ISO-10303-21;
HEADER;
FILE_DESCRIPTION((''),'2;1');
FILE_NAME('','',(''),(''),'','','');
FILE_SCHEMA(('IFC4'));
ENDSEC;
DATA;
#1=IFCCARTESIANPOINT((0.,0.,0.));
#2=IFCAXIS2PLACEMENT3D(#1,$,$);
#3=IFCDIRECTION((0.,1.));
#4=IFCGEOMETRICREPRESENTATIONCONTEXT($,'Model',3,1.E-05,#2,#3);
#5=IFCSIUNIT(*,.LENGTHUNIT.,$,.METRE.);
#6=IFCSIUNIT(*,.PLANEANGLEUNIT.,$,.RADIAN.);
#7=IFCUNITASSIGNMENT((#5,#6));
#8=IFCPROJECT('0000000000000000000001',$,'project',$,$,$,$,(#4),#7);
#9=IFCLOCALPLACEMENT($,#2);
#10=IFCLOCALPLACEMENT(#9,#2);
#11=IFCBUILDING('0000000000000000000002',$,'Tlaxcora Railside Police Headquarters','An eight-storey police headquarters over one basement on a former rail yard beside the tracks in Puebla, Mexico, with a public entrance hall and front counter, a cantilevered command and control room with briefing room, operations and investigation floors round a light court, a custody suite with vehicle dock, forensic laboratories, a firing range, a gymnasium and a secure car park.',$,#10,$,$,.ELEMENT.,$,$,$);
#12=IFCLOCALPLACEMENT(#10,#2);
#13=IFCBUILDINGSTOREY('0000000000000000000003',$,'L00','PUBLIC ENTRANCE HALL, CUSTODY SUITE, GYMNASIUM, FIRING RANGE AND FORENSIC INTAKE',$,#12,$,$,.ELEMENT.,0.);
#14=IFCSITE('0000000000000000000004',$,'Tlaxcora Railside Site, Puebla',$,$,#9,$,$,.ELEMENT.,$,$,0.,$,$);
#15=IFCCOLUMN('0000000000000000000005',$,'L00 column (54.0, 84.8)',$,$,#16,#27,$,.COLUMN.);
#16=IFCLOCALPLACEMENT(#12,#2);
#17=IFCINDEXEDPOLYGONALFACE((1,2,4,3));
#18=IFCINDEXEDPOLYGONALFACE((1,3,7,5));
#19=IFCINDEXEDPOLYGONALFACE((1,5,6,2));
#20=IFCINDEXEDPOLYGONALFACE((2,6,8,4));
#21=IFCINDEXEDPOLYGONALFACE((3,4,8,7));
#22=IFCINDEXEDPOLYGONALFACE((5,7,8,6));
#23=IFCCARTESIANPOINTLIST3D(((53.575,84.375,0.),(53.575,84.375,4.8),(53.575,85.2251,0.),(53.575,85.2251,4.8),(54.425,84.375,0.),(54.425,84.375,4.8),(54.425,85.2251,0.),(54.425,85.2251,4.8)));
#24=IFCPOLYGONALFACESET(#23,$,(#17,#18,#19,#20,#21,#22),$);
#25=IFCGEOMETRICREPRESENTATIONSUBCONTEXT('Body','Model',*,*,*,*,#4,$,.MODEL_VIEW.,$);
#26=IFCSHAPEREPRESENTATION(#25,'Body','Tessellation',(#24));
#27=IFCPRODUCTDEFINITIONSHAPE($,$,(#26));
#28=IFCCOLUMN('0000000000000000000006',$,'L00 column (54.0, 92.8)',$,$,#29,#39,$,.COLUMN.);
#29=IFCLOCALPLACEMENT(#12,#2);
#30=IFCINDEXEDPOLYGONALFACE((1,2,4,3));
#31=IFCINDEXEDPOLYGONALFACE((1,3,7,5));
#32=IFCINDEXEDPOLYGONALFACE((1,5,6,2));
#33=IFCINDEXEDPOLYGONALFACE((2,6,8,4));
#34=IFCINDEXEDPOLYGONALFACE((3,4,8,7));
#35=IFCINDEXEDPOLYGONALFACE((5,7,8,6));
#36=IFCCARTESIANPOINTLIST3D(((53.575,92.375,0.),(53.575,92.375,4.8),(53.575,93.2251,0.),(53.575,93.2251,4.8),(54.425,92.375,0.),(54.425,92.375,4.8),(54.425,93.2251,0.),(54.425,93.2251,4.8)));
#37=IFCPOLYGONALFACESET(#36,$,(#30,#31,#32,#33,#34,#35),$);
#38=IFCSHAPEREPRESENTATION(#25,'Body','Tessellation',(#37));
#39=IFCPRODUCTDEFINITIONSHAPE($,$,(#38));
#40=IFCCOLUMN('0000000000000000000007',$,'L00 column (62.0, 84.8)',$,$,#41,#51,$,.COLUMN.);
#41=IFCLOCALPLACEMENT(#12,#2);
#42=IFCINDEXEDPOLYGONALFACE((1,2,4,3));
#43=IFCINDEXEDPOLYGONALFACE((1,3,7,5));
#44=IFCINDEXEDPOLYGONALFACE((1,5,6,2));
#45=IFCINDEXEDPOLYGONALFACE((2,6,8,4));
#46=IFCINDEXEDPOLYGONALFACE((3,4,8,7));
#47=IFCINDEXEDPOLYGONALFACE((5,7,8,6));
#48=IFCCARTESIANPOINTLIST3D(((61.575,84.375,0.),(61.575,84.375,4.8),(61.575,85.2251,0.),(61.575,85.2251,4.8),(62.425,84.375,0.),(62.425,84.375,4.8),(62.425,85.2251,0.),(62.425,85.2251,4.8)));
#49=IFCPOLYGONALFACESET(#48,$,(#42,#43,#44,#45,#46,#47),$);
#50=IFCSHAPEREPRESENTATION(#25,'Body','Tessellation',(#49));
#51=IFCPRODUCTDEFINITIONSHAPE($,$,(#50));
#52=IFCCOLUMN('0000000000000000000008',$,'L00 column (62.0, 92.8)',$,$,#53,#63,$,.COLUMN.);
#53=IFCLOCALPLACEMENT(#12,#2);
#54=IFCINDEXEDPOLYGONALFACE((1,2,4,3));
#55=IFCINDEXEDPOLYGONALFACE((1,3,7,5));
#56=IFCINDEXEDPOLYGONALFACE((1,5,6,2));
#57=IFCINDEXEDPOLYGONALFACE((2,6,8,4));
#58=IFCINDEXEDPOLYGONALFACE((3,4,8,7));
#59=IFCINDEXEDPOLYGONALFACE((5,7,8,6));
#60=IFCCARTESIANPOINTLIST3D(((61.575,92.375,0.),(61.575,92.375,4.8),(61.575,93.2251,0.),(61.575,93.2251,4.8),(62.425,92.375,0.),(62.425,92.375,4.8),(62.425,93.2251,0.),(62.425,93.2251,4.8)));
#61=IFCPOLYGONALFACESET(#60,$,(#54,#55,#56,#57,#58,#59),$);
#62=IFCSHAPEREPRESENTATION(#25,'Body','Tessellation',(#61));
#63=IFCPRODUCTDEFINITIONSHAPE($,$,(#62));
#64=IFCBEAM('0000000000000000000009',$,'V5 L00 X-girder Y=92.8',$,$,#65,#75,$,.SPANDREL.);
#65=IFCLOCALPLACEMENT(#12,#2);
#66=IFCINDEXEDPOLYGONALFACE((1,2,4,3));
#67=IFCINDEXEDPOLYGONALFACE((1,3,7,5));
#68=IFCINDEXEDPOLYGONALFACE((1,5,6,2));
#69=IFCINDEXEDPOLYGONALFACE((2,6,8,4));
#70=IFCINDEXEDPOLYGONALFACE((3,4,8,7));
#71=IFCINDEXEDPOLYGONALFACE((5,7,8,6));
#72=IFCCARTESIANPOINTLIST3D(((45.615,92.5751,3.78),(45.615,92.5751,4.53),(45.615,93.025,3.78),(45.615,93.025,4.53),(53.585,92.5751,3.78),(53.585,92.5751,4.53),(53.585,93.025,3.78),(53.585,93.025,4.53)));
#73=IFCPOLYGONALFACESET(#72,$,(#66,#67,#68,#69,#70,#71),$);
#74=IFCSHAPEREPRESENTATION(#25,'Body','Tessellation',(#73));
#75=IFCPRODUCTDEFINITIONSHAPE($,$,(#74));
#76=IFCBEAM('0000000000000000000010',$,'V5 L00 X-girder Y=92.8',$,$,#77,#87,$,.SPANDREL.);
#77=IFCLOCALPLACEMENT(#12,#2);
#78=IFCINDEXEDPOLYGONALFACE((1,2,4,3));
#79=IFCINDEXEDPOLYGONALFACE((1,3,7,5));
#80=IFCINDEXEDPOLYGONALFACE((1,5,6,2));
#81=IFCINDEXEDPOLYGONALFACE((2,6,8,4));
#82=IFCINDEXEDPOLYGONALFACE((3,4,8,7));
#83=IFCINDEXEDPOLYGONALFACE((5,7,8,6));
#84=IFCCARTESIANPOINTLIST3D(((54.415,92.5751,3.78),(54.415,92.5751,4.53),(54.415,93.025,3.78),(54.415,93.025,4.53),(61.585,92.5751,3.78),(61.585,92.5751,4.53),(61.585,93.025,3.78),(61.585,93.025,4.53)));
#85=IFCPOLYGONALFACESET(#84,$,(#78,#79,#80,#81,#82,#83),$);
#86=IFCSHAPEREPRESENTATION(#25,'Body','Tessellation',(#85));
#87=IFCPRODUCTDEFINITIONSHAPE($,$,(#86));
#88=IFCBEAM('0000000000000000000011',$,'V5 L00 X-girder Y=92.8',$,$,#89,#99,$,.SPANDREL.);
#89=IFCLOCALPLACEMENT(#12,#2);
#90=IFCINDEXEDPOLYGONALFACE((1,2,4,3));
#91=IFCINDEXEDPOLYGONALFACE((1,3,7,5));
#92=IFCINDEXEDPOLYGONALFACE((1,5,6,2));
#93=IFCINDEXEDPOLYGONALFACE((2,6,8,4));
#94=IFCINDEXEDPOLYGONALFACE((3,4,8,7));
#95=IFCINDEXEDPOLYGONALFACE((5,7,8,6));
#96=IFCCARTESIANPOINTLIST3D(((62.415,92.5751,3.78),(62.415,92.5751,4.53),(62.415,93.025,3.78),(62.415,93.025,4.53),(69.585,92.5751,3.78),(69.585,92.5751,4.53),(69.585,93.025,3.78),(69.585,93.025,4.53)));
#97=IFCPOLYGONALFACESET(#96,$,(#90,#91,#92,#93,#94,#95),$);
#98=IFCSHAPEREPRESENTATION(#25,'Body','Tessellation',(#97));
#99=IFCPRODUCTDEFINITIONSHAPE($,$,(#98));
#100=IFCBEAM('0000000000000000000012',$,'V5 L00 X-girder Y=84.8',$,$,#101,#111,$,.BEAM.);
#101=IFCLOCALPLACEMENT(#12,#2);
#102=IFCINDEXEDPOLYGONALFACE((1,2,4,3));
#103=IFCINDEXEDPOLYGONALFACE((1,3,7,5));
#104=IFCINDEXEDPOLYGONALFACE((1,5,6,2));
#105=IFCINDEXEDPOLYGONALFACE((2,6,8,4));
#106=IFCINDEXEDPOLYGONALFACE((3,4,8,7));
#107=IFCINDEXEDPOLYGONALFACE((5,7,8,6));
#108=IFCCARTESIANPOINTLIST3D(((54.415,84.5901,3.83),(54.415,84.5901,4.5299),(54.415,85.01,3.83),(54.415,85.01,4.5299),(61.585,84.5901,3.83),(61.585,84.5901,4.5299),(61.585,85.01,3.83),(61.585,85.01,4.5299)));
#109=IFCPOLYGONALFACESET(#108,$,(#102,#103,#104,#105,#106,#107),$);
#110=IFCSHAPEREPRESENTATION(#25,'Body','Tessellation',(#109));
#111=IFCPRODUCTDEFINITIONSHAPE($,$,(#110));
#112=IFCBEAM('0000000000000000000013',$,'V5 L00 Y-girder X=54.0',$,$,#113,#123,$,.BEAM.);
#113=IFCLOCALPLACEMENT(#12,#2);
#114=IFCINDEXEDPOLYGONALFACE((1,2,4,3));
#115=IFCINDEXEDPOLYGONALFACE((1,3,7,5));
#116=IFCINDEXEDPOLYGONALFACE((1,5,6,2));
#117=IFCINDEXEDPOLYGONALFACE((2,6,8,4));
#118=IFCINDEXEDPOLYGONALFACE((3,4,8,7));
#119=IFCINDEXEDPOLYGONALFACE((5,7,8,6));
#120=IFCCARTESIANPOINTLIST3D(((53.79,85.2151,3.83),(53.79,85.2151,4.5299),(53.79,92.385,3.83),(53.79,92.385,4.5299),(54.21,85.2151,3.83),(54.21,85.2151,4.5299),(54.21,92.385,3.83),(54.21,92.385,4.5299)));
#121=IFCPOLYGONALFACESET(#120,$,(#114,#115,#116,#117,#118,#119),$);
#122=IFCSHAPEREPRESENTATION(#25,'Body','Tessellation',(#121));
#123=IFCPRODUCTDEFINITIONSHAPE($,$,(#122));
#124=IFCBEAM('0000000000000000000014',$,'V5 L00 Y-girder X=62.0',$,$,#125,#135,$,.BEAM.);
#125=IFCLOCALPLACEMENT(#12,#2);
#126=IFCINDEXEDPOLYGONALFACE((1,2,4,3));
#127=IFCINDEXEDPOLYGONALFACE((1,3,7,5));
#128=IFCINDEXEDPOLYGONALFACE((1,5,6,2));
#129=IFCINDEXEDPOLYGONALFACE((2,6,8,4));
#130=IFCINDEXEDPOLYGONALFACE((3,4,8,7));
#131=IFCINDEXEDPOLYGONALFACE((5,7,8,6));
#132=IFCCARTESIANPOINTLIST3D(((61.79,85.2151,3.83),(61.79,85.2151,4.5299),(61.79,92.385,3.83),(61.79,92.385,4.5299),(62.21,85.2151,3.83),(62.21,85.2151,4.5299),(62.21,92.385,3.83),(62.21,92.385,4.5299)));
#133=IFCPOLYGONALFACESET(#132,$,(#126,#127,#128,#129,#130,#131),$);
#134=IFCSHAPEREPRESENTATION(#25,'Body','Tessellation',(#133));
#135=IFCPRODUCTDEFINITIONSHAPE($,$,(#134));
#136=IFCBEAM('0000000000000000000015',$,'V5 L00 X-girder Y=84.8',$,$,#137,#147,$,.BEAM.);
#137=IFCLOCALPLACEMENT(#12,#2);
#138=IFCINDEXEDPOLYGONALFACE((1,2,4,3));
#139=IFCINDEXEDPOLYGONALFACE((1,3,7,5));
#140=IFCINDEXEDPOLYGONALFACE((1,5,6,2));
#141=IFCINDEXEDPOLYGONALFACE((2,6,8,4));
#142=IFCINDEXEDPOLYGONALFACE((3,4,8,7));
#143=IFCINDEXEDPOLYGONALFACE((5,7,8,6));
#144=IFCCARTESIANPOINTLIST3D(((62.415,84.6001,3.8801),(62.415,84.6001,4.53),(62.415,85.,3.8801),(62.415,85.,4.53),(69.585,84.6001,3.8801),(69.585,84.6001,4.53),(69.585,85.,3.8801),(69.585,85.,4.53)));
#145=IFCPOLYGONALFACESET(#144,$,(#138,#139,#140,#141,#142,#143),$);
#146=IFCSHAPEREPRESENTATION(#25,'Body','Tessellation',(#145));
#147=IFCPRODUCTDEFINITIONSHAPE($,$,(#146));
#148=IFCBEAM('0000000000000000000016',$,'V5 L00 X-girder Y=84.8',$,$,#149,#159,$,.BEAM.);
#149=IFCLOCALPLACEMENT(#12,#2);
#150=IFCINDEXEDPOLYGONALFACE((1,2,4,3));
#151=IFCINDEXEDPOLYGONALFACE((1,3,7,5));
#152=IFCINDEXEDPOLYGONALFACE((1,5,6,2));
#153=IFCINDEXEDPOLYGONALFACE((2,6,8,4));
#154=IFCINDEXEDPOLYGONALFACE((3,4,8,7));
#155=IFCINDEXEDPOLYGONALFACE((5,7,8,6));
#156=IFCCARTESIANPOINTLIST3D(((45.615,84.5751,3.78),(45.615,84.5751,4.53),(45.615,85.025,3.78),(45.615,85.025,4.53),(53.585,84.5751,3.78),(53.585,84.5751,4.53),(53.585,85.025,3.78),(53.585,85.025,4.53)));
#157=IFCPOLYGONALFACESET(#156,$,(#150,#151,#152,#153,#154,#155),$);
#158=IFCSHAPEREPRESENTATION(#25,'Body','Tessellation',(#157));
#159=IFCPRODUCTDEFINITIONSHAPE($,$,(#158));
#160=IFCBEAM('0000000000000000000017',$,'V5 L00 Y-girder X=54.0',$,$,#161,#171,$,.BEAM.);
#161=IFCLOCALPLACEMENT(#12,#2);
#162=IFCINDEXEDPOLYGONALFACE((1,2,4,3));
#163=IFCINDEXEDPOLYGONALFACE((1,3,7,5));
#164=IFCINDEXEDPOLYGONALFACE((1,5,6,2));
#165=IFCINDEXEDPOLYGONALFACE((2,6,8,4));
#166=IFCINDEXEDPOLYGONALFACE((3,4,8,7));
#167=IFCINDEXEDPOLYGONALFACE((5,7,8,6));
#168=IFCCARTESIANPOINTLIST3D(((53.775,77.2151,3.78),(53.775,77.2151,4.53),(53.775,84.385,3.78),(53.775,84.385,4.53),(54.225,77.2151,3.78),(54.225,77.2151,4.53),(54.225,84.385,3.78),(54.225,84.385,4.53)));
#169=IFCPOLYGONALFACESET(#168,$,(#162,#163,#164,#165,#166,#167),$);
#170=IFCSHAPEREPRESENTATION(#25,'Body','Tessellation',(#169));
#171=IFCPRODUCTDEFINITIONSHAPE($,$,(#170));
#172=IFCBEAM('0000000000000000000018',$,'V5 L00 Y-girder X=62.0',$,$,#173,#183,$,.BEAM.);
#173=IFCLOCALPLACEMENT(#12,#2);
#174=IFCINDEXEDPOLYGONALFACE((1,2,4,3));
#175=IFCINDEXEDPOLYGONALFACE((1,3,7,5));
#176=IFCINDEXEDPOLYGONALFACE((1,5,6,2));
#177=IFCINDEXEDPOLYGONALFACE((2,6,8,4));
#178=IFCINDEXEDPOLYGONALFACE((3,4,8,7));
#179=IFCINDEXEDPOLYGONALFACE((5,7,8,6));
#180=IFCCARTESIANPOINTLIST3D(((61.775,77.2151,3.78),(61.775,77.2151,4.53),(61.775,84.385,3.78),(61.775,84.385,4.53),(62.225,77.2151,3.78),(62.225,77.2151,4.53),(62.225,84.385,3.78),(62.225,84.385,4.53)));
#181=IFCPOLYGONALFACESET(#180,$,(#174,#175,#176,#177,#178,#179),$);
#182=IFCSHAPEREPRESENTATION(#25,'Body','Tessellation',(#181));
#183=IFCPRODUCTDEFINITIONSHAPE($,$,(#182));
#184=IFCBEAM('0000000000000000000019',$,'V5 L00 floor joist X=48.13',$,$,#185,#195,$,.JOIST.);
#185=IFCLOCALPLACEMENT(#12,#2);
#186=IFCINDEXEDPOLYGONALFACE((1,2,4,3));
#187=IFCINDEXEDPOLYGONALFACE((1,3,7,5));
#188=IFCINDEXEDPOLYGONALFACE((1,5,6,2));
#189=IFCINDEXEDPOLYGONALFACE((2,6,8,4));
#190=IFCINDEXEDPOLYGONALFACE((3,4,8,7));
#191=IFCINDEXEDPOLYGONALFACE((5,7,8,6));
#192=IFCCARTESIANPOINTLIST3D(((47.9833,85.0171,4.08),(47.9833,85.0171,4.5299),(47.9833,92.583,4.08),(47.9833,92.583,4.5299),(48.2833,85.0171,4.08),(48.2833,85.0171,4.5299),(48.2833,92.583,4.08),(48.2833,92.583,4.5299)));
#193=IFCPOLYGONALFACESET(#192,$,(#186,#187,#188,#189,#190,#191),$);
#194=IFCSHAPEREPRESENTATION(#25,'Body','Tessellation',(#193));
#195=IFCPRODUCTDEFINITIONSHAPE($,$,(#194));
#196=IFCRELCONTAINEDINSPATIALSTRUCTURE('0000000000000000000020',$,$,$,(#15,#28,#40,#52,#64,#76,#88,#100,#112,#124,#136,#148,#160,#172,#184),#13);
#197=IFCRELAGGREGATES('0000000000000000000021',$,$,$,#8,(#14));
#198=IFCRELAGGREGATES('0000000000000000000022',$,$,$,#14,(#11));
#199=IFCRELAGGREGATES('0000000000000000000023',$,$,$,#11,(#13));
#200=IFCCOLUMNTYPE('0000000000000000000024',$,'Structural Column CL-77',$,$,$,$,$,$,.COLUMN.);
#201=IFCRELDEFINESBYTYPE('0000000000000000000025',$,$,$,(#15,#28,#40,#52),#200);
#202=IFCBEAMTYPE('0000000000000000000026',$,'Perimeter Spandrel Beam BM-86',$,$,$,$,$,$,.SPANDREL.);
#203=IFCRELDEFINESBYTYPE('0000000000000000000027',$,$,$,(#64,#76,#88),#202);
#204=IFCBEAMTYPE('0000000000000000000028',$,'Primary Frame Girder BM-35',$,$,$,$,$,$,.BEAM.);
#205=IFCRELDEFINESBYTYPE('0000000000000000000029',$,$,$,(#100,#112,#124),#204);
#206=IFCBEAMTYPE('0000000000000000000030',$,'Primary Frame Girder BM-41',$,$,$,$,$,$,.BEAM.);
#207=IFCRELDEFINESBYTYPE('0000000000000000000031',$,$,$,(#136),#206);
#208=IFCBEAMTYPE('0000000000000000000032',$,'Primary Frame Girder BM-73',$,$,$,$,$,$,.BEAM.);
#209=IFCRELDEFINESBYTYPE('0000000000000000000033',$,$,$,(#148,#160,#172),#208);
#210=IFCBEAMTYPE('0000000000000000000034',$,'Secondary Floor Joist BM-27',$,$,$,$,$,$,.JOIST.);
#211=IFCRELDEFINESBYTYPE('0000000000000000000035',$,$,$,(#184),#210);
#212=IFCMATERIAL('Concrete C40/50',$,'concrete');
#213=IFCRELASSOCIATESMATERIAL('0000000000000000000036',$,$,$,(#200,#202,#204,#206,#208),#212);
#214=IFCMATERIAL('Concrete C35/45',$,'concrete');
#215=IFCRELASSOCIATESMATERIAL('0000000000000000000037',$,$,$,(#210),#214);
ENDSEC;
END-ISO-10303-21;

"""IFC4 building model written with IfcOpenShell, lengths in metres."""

from ifc_helpers import new_model, si_unit, direction, frame, origin, origin_2d, place, context, subcontext, project, spatial, rectangle, extrude, material, material_profile, profile_set, type_object, element, save


model = new_model("IFC4")

# Units and contexts
model_context = context("Model", 3, precision=1e-05, world=origin(), true_north=direction((0.0, 1.0)))
body_context = subcontext(model_context, "Body", "Model", "MODEL_VIEW")
ifc_project = project(units=[si_unit("LENGTHUNIT", "METRE"), si_unit("PLANEANGLEUNIT", "RADIAN")], contexts=[model_context])

# Site, building, storey
site_placement = place(None, origin())
site = spatial("IfcSite", under=ifc_project, at=site_placement, Name="Tlaxcora Railside Site, Puebla", CompositionType="ELEMENT", RefElevation=0.0)
building_placement = place(site_placement, origin())
building = spatial("IfcBuilding", under=site, at=building_placement, Name="Tlaxcora Railside Police Headquarters", Description="An eight-storey police headquarters over one basement on a former rail yard beside the tracks in Puebla, Mexico, with a public entrance hall and front counter, a cantilevered command and control room with briefing room, operations and investigation floors round a light court, a custody suite with vehicle dock, forensic laboratories, a firing range, a gymnasium and a secure car park.", CompositionType="ELEMENT")
storey_placement = place(building_placement, origin())
storey = spatial("IfcBuildingStorey", under=building, at=storey_placement, Name="L00", Description="PUBLIC ENTRANCE HALL, CUSTODY SUITE, GYMNASIUM, FIRING RANGE AND FORENSIC INTAKE", CompositionType="ELEMENT", Elevation=0.0)

# Columns
ifc_material_1 = material(Name="Concrete C40/50", Category="concrete")
ifc_material_profile_1 = material_profile(ifc_material_1, rectangle(XDim=0.8501, YDim=0.8501, at=origin_2d()), Name="RC850X850")
ifc_profile_set_1 = profile_set([ifc_material_profile_1], Name="Concrete C40/50")
column_type = type_object("IfcColumnType", Name="Structural Column CL-77", PredefinedType="COLUMN", material=ifc_profile_set_1)
for number, where, z_axis, x_axis, name in (
    (1, (54.0, 84.8, 0.0), (0.0, 0.0, 1.0), (1.0, 0.0, 0.0), "L00 column (54.0, 84.8)"),
    (2, (54.0, 92.8, 0.0), (0.0, 0.0, 1.0), (1.0, 0.0, 0.0), "L00 column (54.0, 92.8)"),
    (3, (62.0, 84.8, 0.0), (0.0, 0.0, 1.0), (1.0, 0.0, 0.0), "L00 column (62.0, 84.8)"),
    (4, (62.0, 92.8, 0.0), (0.0, 0.0, 1.0), (1.0, 0.0, 0.0), "L00 column (62.0, 92.8)"),
):
    element("IfcColumn", number, at=place(storey_placement, frame(where, z_axis=z_axis, x_axis=x_axis)), inside=storey, type_object=column_type, Name=name, PredefinedType="COLUMN", context=body_context, shape_type="SweptSolid", body=[
        extrude(rectangle(XDim=0.8501, YDim=0.8501, at=origin_2d()), origin(), (0.0, 0.0, 1.0), 4.8),
    ])

# Beams
ifc_material_profile_2 = material_profile(ifc_material_1, rectangle(XDim=0.45, YDim=0.75, at=origin_2d()), Name="RC450X750")
ifc_profile_set_2 = profile_set([ifc_material_profile_2], Name="Concrete C40/50")
beam_type_1 = type_object("IfcBeamType", Name="Perimeter Spandrel Beam BM-86", PredefinedType="SPANDREL", material=ifc_profile_set_2)
beam_1_placement = place(storey_placement, frame((45.615, 92.8, 4.155), z_axis=(1.0, 0.0, 0.0), x_axis=(0.0, 1.0, 0.0)))
element("IfcBeam", 5, at=beam_1_placement, inside=storey, type_object=beam_type_1, Name="V5 L00 X-girder Y=92.8", PredefinedType="SPANDREL", context=body_context, shape_type="SweptSolid", body=[
    extrude(rectangle(XDim=0.45, YDim=0.75, at=origin_2d()), origin(), (0.0, 0.0, 1.0), 7.97),
])
for number, where, z_axis, x_axis, name in (
    (6, (54.415, 92.8, 4.155), (1.0, 0.0, 0.0), (0.0, 1.0, 0.0), "V5 L00 X-girder Y=92.8"),
    (7, (62.415, 92.8, 4.155), (1.0, 0.0, 0.0), (0.0, 1.0, 0.0), "V5 L00 X-girder Y=92.8"),
):
    element("IfcBeam", number, at=place(storey_placement, frame(where, z_axis=z_axis, x_axis=x_axis)), inside=storey, type_object=beam_type_1, Name=name, PredefinedType="SPANDREL", context=body_context, shape_type="SweptSolid", body=[
        extrude(rectangle(XDim=0.45, YDim=0.75, at=origin_2d()), origin(), (0.0, 0.0, 1.0), 7.1699),
    ])
ifc_material_profile_3 = material_profile(ifc_material_1, rectangle(XDim=0.4199, YDim=0.7, at=origin_2d()), Name="RC420X700")
ifc_profile_set_3 = profile_set([ifc_material_profile_3], Name="Concrete C40/50")
beam_type_2 = type_object("IfcBeamType", Name="Primary Frame Girder BM-35", PredefinedType="BEAM", material=ifc_profile_set_3)
for number, where, z_axis, x_axis, name in (
    (8, (54.415, 84.8, 4.1799), (1.0, 0.0, 0.0), (0.0, 1.0, 0.0), "V5 L00 X-girder Y=84.8"),
    (9, (54.0, 85.2151, 4.1799), (0.0, 1.0, 0.0), (-1.0, 0.0, 0.0), "V5 L00 Y-girder X=54.0"),
    (10, (62.0, 85.2151, 4.1799), (0.0, 1.0, 0.0), (-1.0, 0.0, 0.0), "V5 L00 Y-girder X=62.0"),
):
    element("IfcBeam", number, at=place(storey_placement, frame(where, z_axis=z_axis, x_axis=x_axis)), inside=storey, type_object=beam_type_2, Name=name, PredefinedType="BEAM", context=body_context, shape_type="SweptSolid", body=[
        extrude(rectangle(XDim=0.4199, YDim=0.7, at=origin_2d()), origin(), (0.0, 0.0, 1.0), 7.1699),
    ])
ifc_material_profile_4 = material_profile(ifc_material_1, rectangle(XDim=0.3999, YDim=0.6499, at=origin_2d()), Name="RC400X650")
ifc_profile_set_4 = profile_set([ifc_material_profile_4], Name="Concrete C40/50")
beam_type_3 = type_object("IfcBeamType", Name="Primary Frame Girder BM-41", PredefinedType="BEAM", material=ifc_profile_set_4)
beam_2_placement = place(storey_placement, frame((62.415, 84.8, 4.2051), z_axis=(1.0, 0.0, 0.0), x_axis=(0.0, 1.0, 0.0)))
element("IfcBeam", 11, at=beam_2_placement, inside=storey, type_object=beam_type_3, Name="V5 L00 X-girder Y=84.8", PredefinedType="BEAM", context=body_context, shape_type="SweptSolid", body=[
    extrude(rectangle(XDim=0.3999, YDim=0.6499, at=origin_2d()), origin(), (0.0, 0.0, 1.0), 7.1699),
])
ifc_material_profile_5 = material_profile(ifc_material_1, rectangle(XDim=0.45, YDim=0.75, at=origin_2d()), Name="RC450X750")
ifc_profile_set_5 = profile_set([ifc_material_profile_5], Name="Concrete C40/50")
beam_type_4 = type_object("IfcBeamType", Name="Primary Frame Girder BM-73", PredefinedType="BEAM", material=ifc_profile_set_5)
beam_3_placement = place(storey_placement, frame((45.615, 84.8, 4.155), z_axis=(1.0, 0.0, 0.0), x_axis=(0.0, 1.0, 0.0)))
element("IfcBeam", 12, at=beam_3_placement, inside=storey, type_object=beam_type_4, Name="V5 L00 X-girder Y=84.8", PredefinedType="BEAM", context=body_context, shape_type="SweptSolid", body=[
    extrude(rectangle(XDim=0.45, YDim=0.75, at=origin_2d()), origin(), (0.0, 0.0, 1.0), 7.97),
])
for number, where, z_axis, x_axis, name in (
    (13, (54.0, 77.2151, 4.155), (0.0, 1.0, 0.0), (-1.0, 0.0, 0.0), "V5 L00 Y-girder X=54.0"),
    (14, (62.0, 77.2151, 4.155), (0.0, 1.0, 0.0), (-1.0, 0.0, 0.0), "V5 L00 Y-girder X=62.0"),
):
    element("IfcBeam", number, at=place(storey_placement, frame(where, z_axis=z_axis, x_axis=x_axis)), inside=storey, type_object=beam_type_4, Name=name, PredefinedType="BEAM", context=body_context, shape_type="SweptSolid", body=[
        extrude(rectangle(XDim=0.45, YDim=0.75, at=origin_2d()), origin(), (0.0, 0.0, 1.0), 7.1699),
    ])
ifc_material_2 = material(Name="Concrete C35/45", Category="concrete")
ifc_material_profile_6 = material_profile(ifc_material_2, rectangle(XDim=0.3, YDim=0.45, at=origin_2d()), Name="RC300X450")
ifc_profile_set_6 = profile_set([ifc_material_profile_6], Name="Concrete C35/45")
beam_type_5 = type_object("IfcBeamType", Name="Secondary Floor Joist BM-27", PredefinedType="JOIST", material=ifc_profile_set_6)
beam_4_placement = place(storey_placement, frame((48.1333, 85.0171, 4.3049), z_axis=(0.0, 1.0, 0.0), x_axis=(-1.0, 0.0, 0.0)))
element("IfcBeam", 15, at=beam_4_placement, inside=storey, type_object=beam_type_5, Name="V5 L00 floor joist X=48.13", PredefinedType="JOIST", context=body_context, shape_type="SweptSolid", body=[
    extrude(rectangle(XDim=0.3, YDim=0.45, at=origin_2d()), origin(), (0.0, 0.0, 1.0), 7.5659),
])

save(model, "model.ifc")
